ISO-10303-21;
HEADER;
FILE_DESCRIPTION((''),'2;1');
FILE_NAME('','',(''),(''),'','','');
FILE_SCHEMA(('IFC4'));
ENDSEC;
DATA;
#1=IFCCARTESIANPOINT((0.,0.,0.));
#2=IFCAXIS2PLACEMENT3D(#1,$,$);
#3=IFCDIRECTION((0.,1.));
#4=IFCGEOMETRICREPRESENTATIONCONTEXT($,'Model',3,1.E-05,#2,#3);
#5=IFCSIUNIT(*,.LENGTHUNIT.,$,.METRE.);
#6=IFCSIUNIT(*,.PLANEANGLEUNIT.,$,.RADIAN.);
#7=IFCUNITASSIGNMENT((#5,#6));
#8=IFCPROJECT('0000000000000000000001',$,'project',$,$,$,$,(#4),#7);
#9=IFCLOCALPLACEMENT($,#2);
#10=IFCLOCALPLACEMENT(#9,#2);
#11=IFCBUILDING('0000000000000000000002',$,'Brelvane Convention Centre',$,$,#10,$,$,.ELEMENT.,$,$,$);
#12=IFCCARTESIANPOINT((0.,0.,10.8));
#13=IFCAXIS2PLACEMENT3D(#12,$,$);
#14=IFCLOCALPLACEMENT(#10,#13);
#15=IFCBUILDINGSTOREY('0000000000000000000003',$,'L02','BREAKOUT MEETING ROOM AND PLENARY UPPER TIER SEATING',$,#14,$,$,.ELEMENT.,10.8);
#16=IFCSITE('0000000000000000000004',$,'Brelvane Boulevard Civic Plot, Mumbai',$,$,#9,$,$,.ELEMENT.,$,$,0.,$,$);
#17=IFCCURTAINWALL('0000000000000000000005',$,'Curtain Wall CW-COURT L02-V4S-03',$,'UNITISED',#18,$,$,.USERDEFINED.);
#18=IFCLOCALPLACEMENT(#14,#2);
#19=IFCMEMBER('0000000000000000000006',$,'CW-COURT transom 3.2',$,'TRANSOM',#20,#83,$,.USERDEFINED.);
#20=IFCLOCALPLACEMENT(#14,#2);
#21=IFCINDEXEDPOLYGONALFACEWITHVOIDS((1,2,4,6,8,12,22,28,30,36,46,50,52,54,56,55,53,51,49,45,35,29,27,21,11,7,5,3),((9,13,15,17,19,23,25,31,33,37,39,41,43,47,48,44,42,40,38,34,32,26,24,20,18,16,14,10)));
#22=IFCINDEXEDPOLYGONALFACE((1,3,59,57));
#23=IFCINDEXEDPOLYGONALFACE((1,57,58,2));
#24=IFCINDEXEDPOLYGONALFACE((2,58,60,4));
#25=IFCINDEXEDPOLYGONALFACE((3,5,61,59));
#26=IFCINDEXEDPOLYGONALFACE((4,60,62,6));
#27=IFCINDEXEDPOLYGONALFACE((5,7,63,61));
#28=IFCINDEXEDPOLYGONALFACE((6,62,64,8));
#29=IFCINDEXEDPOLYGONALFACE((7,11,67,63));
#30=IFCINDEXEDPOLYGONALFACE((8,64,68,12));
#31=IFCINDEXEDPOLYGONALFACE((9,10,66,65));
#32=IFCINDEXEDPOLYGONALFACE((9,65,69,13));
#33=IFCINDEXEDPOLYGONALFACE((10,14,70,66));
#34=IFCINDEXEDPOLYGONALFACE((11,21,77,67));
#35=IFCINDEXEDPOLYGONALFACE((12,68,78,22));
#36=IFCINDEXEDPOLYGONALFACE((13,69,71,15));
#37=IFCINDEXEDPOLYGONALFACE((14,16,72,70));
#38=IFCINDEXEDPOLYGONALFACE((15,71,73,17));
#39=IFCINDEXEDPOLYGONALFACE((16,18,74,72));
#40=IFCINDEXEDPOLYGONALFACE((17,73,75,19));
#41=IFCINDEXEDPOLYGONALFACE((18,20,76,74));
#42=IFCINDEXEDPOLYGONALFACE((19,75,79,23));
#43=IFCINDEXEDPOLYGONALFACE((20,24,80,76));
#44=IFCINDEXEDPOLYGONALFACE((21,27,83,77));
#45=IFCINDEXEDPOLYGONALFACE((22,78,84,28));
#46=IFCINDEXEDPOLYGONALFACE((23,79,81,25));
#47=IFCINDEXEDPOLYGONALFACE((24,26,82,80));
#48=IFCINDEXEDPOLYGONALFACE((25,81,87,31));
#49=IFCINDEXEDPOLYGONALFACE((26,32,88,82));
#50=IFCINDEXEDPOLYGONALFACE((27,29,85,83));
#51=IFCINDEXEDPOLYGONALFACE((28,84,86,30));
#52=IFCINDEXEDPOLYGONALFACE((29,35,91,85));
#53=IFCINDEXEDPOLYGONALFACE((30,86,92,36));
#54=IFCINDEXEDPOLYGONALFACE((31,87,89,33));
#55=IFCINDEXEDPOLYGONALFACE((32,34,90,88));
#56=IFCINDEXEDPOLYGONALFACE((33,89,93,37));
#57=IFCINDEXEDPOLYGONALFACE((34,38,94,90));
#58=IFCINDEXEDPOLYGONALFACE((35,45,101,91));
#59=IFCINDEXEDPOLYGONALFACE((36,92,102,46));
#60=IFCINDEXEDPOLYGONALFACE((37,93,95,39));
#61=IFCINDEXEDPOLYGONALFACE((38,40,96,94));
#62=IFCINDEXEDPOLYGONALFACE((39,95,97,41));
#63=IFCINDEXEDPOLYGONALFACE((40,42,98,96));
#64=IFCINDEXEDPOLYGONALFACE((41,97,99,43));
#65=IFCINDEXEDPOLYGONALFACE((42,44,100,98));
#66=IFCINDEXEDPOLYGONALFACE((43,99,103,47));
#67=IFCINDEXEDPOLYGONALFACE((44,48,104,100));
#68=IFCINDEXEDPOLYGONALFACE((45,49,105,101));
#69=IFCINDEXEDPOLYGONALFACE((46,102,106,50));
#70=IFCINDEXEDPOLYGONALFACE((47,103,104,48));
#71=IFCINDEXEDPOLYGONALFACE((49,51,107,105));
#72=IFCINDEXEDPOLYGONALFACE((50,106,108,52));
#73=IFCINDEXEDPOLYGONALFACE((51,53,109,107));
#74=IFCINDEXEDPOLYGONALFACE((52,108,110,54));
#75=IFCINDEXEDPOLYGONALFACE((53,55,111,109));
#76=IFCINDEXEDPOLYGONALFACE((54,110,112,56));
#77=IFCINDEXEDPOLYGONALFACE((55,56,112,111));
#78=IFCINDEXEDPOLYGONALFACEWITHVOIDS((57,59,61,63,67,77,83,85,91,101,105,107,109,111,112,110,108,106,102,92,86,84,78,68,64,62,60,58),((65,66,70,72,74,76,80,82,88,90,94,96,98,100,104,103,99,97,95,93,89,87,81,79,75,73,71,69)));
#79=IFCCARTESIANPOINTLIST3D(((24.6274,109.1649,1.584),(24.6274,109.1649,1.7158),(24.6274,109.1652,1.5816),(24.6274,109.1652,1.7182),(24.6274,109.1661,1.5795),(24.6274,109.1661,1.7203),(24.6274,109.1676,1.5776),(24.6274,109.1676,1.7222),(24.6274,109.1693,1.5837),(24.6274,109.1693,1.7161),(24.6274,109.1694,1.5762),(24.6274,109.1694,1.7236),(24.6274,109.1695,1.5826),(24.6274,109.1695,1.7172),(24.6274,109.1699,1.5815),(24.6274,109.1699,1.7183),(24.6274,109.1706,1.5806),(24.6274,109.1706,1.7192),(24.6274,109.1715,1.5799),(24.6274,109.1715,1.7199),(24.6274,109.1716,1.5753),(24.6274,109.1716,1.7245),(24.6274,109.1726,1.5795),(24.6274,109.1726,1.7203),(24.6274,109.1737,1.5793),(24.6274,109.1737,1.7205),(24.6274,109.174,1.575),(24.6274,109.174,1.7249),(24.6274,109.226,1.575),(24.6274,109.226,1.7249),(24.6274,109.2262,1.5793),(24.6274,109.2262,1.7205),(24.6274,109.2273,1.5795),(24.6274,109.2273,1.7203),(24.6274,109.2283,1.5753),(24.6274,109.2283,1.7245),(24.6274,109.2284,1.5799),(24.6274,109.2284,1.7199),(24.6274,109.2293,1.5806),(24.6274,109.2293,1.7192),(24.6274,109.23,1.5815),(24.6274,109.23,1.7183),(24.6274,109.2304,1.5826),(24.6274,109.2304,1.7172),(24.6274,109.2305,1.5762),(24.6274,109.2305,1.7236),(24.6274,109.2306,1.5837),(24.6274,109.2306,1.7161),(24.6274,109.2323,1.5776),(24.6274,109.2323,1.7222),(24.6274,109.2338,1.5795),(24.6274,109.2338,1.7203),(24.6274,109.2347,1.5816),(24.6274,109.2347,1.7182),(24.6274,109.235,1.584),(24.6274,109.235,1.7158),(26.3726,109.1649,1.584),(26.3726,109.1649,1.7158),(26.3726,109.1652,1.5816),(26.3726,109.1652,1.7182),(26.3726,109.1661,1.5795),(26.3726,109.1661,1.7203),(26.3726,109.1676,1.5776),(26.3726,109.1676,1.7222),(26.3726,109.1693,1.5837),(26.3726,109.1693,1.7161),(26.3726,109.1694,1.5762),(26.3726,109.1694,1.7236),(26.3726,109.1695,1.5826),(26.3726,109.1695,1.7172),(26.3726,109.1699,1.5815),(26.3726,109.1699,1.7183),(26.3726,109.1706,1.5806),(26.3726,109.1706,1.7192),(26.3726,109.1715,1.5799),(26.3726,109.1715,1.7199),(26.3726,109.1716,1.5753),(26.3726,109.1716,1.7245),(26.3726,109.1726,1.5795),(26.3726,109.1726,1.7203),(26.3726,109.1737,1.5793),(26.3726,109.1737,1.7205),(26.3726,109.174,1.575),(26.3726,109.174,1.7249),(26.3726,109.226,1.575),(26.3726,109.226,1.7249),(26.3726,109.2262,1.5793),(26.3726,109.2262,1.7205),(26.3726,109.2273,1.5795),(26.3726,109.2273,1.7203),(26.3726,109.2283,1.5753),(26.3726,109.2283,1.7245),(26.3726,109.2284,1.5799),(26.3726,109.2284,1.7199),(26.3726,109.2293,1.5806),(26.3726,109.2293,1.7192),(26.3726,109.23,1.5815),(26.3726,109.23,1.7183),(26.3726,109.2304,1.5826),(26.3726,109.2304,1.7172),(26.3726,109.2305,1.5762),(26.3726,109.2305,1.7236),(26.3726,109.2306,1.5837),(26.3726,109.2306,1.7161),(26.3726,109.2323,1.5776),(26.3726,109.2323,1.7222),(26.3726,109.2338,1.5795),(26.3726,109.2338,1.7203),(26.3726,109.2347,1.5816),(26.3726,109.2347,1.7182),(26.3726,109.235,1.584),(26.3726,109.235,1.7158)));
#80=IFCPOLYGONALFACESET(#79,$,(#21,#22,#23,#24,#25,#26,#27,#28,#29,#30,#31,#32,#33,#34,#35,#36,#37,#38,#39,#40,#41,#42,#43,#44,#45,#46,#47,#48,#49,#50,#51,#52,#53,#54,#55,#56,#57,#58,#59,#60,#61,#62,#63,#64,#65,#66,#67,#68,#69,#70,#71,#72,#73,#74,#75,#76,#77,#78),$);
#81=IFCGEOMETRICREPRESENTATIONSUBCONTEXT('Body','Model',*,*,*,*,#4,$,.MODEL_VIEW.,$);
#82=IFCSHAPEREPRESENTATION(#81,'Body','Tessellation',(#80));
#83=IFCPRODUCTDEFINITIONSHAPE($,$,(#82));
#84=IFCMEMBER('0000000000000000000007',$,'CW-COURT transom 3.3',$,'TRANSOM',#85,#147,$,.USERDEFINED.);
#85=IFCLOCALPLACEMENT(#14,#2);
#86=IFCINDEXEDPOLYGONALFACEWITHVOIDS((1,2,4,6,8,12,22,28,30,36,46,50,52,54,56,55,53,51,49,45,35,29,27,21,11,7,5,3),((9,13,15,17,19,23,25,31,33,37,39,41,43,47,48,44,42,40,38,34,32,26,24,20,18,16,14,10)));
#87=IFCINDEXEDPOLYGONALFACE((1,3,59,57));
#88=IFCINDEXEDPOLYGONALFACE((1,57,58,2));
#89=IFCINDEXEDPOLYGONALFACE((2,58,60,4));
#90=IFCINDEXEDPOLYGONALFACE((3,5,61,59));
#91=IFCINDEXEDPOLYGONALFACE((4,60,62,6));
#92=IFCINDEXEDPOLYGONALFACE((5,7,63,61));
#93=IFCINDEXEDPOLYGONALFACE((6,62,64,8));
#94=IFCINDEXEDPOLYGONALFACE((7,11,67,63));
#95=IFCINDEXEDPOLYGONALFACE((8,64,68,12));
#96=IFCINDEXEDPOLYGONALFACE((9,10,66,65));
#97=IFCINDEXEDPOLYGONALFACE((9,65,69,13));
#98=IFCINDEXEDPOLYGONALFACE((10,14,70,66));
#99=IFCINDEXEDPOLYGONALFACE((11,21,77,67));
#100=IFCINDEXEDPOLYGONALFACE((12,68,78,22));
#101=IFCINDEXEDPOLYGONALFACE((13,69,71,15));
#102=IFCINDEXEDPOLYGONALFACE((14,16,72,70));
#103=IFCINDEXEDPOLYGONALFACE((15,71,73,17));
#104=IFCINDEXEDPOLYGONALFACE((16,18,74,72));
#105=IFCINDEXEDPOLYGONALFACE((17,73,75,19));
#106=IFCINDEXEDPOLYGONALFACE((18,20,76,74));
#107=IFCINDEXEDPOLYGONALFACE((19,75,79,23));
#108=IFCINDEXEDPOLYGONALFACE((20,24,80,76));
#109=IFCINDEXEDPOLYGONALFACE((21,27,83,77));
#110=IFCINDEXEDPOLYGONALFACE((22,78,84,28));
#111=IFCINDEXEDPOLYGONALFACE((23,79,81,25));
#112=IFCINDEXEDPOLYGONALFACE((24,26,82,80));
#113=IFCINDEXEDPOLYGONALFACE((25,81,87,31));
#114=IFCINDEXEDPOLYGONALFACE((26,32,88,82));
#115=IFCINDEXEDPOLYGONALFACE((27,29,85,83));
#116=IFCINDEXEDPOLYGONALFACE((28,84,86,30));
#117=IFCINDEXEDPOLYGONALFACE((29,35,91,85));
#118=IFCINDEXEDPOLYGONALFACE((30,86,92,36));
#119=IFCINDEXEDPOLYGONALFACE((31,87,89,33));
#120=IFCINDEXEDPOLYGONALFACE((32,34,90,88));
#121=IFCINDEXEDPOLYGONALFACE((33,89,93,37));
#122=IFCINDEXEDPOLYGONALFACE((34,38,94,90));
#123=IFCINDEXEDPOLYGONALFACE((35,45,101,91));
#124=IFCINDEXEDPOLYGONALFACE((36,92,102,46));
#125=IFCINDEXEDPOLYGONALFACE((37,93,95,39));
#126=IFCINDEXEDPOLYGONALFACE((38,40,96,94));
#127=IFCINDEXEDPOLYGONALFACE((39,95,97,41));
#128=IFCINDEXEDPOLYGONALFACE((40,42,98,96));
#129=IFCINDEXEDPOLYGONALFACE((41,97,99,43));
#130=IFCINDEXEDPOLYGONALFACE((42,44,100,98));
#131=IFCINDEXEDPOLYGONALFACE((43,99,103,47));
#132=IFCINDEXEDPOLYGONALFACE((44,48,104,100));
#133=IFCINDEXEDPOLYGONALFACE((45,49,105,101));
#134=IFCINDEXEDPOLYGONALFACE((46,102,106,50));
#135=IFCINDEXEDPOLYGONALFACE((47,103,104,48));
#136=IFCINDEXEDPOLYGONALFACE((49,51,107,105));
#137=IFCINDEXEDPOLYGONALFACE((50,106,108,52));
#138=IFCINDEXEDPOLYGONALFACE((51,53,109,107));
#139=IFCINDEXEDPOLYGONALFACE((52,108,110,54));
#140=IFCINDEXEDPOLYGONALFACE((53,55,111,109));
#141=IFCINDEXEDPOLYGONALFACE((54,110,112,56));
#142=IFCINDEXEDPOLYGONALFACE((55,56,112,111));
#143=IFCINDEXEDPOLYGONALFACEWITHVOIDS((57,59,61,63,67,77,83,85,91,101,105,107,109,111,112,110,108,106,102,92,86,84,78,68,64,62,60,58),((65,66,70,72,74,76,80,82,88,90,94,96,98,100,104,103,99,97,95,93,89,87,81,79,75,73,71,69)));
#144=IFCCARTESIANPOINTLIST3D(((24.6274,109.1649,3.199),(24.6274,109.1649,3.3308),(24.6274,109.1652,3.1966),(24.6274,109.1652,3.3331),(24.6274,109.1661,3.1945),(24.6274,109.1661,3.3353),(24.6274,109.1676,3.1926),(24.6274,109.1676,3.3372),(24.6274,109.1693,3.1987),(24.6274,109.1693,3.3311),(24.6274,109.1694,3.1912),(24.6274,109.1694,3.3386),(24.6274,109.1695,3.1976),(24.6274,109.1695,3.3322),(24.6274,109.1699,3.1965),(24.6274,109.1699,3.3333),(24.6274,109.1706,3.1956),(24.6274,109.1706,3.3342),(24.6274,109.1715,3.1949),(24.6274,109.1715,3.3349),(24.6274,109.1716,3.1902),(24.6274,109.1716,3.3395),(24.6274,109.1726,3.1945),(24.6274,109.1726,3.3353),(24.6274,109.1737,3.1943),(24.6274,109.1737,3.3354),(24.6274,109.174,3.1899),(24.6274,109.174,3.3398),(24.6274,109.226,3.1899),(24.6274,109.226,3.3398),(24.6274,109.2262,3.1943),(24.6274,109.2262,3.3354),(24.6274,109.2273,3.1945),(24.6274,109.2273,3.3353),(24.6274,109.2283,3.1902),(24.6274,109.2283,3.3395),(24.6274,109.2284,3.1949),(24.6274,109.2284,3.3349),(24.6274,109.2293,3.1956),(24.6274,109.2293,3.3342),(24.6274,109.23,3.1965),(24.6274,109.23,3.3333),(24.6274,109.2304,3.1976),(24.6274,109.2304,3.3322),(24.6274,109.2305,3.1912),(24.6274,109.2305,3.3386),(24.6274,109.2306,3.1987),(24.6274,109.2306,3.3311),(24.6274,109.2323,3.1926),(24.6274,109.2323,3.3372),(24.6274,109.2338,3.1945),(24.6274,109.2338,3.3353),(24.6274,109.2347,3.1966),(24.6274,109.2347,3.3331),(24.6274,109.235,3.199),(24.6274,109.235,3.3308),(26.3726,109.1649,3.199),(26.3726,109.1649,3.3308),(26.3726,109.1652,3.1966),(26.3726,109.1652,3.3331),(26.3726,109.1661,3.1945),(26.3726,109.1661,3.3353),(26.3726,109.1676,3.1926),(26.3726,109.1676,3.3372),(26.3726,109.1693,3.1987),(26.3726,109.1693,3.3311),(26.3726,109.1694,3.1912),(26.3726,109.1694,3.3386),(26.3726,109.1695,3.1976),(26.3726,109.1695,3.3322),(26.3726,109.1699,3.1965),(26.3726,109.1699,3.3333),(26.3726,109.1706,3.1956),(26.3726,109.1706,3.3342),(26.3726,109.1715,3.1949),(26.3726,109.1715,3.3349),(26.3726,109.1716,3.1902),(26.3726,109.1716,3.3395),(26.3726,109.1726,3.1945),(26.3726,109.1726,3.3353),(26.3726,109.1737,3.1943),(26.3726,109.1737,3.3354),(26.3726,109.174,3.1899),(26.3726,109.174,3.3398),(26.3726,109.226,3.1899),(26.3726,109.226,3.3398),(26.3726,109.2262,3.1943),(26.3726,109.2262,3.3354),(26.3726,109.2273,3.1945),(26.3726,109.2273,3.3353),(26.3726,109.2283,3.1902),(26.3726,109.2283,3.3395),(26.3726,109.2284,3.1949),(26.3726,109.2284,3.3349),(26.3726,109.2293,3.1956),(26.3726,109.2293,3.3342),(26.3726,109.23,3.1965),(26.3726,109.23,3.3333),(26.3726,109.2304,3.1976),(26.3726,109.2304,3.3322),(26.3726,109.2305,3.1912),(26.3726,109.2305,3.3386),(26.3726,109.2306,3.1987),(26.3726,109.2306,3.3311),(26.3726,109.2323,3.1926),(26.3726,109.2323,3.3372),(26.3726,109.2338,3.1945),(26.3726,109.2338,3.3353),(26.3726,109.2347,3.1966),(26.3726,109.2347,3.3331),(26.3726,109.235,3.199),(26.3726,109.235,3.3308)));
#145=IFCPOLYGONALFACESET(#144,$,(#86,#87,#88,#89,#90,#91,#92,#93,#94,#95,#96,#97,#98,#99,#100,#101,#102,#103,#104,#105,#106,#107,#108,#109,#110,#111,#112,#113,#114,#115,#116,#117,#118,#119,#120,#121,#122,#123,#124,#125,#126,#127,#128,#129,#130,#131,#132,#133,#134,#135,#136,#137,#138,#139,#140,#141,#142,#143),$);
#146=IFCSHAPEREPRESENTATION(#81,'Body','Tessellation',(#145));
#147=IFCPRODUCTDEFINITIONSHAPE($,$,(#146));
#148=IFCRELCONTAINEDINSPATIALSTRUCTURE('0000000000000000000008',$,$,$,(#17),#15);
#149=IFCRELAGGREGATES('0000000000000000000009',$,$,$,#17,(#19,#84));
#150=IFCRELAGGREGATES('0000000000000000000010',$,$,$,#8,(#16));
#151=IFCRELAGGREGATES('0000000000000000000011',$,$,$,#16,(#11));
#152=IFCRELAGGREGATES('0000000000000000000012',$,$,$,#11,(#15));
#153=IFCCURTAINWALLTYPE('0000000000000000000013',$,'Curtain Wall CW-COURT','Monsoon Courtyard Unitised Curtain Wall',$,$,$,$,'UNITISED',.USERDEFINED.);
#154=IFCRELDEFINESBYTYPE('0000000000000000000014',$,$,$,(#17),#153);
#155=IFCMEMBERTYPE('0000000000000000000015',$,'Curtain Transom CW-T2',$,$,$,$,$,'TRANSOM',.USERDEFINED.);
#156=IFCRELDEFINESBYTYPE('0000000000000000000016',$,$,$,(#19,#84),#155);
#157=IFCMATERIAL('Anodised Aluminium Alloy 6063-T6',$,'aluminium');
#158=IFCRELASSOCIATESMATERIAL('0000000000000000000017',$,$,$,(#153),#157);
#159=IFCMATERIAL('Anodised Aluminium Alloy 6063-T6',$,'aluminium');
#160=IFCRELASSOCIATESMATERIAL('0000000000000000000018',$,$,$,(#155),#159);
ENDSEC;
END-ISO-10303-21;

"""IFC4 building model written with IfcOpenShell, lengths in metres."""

from ifc_helpers import new_model, si_unit, direction, frame, origin, origin_2d, place, context, subcontext, project, spatial, hollow_rectangle, extrude, material, material_profile, profile_set, type_object, element, aggregate, save


model = new_model("IFC4")

# Units and contexts
model_context = context("Model", 3, precision=1e-05, world=origin(), true_north=direction((0.0, 1.0)))
body_context = subcontext(model_context, "Body", "Model", "MODEL_VIEW")
ifc_project = project(units=[si_unit("LENGTHUNIT", "METRE"), si_unit("PLANEANGLEUNIT", "RADIAN")], contexts=[model_context])

# Site, building, storey
site_placement = place(None, origin())
site = spatial("IfcSite", under=ifc_project, at=site_placement, Name="Brelvane Boulevard Civic Plot, Mumbai", CompositionType="ELEMENT", RefElevation=0.0)
building_placement = place(site_placement, origin())
building = spatial("IfcBuilding", under=site, at=building_placement, Name="Brelvane Convention Centre", CompositionType="ELEMENT")
storey_placement = place(building_placement, frame((0.0, 0.0, 10.8)))
storey = spatial("IfcBuildingStorey", under=building, at=storey_placement, Name="L02", Description="BREAKOUT MEETING ROOM AND PLENARY UPPER TIER SEATING", CompositionType="ELEMENT", Elevation=10.8)

# Curtain wall
ifc_material_1 = material(Name="Anodised Aluminium Alloy 6063-T6", Category="aluminium")
curtain_wall_type_1 = type_object("IfcCurtainWallType", Name="Curtain Wall CW-COURT", Description="Monsoon Courtyard Unitised Curtain Wall", ElementType="UNITISED", PredefinedType="USERDEFINED", material=ifc_material_1)
curtain_wall_1_placement = place(storey_placement, origin())
curtain_wall_1 = element("IfcCurtainWall", 1, at=curtain_wall_1_placement, inside=storey, type_object=curtain_wall_type_1, Name="Curtain Wall CW-COURT L02-V4S-03", ObjectType="UNITISED", PredefinedType="USERDEFINED")

# Members
ifc_material_2 = material(Name="Anodised Aluminium Alloy 6063-T6", Category="aluminium")
ifc_material_profile_1 = material_profile(ifc_material_2, hollow_rectangle(XDim=0.0701, YDim=0.1499, WallThickness=0.0044, InnerFilletRadius=0.0044, OuterFilletRadius=0.009, at=origin_2d()), Name="ALU-T 150x70x4.5")
ifc_profile_set_1 = profile_set([ifc_material_profile_1], Name="Anodised Aluminium Alloy 6063-T6")
member_type_1 = type_object("IfcMemberType", Name="Curtain Transom CW-T2", ElementType="TRANSOM", PredefinedType="USERDEFINED", material=ifc_profile_set_1)
member_1_placement = place(storey_placement, frame((24.6274, 109.2, 1.6499), z_axis=(1.0, 0.0, 0.0), x_axis=(0.0, 1.0, 0.0)))
member_1 = element("IfcMember", 2, at=member_1_placement, type_object=member_type_1, Name="CW-COURT transom 3.2", ObjectType="TRANSOM", PredefinedType="USERDEFINED", context=body_context, shape_type="SweptSolid", body=[
    extrude(hollow_rectangle(XDim=0.0701, YDim=0.1499, WallThickness=0.0044, InnerFilletRadius=0.0044, OuterFilletRadius=0.009, at=origin_2d()), origin(), (0.0, 0.0, 1.0), 1.7451),
])
member_2_placement = place(storey_placement, frame((24.6274, 109.2, 3.2649), z_axis=(1.0, 0.0, 0.0), x_axis=(0.0, 1.0, 0.0)))
member_2 = element("IfcMember", 3, at=member_2_placement, type_object=member_type_1, Name="CW-COURT transom 3.3", ObjectType="TRANSOM", PredefinedType="USERDEFINED", context=body_context, shape_type="SweptSolid", body=[
    extrude(hollow_rectangle(XDim=0.0701, YDim=0.1499, WallThickness=0.0044, InnerFilletRadius=0.0044, OuterFilletRadius=0.009, at=origin_2d()), origin(), (0.0, 0.0, 1.0), 1.7451),
])

aggregate(curtain_wall_1, [member_1, member_2])

save(model, "model.ifc")
